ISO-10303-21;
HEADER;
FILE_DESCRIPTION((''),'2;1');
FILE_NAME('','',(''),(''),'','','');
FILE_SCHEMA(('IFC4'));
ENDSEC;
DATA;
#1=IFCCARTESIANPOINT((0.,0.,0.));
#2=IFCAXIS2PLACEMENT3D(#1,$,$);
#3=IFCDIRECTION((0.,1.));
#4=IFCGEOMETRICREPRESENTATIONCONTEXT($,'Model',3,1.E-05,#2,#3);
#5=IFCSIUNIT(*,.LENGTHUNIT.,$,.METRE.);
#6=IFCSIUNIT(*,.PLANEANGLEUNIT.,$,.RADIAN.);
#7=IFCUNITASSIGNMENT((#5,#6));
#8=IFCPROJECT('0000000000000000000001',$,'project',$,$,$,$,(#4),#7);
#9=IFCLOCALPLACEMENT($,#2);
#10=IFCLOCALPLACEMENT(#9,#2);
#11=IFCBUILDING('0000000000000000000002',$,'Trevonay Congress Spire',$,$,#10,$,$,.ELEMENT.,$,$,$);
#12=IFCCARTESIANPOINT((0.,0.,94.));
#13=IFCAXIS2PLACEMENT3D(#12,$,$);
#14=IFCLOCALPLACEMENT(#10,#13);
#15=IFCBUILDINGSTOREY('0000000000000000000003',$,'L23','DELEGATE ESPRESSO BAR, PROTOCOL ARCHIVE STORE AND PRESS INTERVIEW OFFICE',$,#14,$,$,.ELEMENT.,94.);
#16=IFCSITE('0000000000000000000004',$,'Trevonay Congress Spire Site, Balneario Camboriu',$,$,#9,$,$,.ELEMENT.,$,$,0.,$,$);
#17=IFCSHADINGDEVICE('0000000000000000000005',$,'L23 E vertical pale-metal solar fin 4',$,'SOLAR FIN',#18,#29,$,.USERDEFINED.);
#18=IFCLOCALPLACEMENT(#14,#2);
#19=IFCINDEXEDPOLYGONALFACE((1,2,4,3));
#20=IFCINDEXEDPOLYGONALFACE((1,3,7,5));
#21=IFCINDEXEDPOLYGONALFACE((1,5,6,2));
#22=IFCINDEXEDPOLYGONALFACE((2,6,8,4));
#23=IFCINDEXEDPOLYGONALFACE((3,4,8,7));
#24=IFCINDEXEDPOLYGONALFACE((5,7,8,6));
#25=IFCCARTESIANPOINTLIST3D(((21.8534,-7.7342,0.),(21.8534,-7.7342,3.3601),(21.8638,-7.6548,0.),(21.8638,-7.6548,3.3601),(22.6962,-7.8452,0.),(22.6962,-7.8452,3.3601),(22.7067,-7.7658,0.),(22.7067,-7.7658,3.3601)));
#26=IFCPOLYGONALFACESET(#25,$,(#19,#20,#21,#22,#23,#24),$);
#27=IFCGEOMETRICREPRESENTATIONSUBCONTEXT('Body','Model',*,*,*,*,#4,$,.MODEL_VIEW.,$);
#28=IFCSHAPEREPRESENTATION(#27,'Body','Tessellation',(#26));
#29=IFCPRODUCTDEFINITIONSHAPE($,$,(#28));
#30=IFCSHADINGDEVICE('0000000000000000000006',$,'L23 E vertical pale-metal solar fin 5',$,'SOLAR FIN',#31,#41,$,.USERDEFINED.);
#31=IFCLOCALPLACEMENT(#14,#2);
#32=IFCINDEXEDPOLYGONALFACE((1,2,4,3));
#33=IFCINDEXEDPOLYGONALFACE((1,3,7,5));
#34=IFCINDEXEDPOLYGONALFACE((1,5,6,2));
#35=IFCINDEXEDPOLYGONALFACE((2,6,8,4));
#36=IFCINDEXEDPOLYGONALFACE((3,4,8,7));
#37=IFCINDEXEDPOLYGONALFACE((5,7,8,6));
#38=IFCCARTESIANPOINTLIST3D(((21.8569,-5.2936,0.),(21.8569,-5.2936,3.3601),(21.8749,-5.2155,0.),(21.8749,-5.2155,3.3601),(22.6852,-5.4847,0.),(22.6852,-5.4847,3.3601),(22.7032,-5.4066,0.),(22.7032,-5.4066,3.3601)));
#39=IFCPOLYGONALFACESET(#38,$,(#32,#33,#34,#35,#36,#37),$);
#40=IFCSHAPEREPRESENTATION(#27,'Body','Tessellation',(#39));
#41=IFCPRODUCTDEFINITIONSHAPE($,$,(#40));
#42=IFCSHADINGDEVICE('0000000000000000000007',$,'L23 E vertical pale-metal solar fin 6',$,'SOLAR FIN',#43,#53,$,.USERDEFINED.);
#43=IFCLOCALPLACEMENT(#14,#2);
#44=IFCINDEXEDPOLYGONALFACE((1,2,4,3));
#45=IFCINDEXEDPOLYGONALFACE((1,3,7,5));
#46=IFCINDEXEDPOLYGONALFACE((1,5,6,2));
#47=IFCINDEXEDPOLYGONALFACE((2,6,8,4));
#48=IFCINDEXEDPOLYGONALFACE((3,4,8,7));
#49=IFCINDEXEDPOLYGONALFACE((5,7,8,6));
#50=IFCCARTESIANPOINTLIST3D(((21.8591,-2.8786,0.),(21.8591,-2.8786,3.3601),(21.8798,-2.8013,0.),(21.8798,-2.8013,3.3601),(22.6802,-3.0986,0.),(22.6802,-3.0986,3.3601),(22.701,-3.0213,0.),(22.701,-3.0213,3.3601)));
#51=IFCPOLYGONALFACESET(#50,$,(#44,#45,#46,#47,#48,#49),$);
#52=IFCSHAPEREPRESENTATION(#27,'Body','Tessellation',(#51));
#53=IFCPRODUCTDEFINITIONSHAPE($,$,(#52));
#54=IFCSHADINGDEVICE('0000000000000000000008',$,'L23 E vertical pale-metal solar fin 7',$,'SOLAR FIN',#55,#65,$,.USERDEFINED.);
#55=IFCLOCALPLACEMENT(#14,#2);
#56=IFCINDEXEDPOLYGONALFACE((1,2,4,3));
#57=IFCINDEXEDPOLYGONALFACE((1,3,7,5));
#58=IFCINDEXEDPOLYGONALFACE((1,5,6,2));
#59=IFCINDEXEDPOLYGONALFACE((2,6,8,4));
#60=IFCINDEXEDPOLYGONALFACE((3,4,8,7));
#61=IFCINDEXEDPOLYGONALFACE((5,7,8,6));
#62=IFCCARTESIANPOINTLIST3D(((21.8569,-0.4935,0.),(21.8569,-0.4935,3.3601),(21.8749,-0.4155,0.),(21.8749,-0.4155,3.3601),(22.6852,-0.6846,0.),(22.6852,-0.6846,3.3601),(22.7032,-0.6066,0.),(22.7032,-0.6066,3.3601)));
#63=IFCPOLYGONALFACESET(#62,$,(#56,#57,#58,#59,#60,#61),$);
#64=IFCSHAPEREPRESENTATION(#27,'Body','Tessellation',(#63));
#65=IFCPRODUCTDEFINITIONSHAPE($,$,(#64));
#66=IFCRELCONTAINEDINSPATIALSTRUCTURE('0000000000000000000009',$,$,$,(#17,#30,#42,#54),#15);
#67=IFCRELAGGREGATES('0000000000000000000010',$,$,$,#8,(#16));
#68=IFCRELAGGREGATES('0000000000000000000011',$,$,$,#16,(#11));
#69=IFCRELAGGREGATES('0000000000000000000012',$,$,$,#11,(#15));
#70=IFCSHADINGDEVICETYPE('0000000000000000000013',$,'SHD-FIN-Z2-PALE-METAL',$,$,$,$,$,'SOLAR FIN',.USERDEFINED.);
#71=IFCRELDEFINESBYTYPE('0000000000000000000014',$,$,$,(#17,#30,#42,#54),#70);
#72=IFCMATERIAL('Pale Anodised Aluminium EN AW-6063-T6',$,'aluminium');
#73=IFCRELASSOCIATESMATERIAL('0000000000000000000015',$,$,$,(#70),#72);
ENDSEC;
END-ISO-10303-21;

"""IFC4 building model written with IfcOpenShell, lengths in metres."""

from ifc_helpers import new_model, si_unit, direction, frame, origin, origin_2d, place, context, subcontext, project, spatial, rectangle, extrude, material, type_object, element, save


model = new_model("IFC4")

# Units and contexts
model_context = context("Model", 3, precision=1e-05, world=origin(), true_north=direction((0.0, 1.0)))
body_context = subcontext(model_context, "Body", "Model", "MODEL_VIEW")
ifc_project = project(units=[si_unit("LENGTHUNIT", "METRE"), si_unit("PLANEANGLEUNIT", "RADIAN")], contexts=[model_context])

# Site, building, storey
site_placement = place(None, origin())
site = spatial("IfcSite", under=ifc_project, at=site_placement, Name="Trevonay Congress Spire Site, Balneario Camboriu", CompositionType="ELEMENT", RefElevation=0.0)
building_placement = place(site_placement, origin())
building = spatial("IfcBuilding", under=site, at=building_placement, Name="Trevonay Congress Spire", CompositionType="ELEMENT")
storey_placement = place(building_placement, frame((0.0, 0.0, 94.0)))
storey = spatial("IfcBuildingStorey", under=building, at=storey_placement, Name="L23", Description="DELEGATE ESPRESSO BAR, PROTOCOL ARCHIVE STORE AND PRESS INTERVIEW OFFICE", CompositionType="ELEMENT", Elevation=94.0)

# Shared definitions
ifc_material_1 = material(Name="Pale Anodised Aluminium EN AW-6063-T6", Category="aluminium")

# Shading devices
shading_device_type = type_object("IfcShadingDeviceType", Name="SHD-FIN-Z2-PALE-METAL", ElementType="SOLAR FIN", PredefinedType="USERDEFINED", material=ifc_material_1)
for number, where, z_axis, x_axis, name in (
    (1, (22.28, -7.75, 0.0), (0.0, 0.0, 1.0), (0.130526, 0.991445, 0.0), "L23 E vertical pale-metal solar fin 4"),
    (2, (22.28, -5.3501, 0.0), (0.0, 0.0, 1.0), (0.224781, 0.974409, 0.0), "L23 E vertical pale-metal solar fin 5"),
    (3, (22.28, -2.95, 0.0), (0.0, 0.0, 1.0), (0.258819, 0.965926, 0.0), "L23 E vertical pale-metal solar fin 6"),
    (4, (22.28, -0.55, 0.0), (0.0, 0.0, 1.0), (0.224781, 0.974409, 0.0), "L23 E vertical pale-metal solar fin 7"),
):
    element("IfcShadingDevice", number, at=place(storey_placement, frame(where, z_axis=z_axis, x_axis=x_axis)), inside=storey, type_object=shading_device_type, Name=name, ObjectType="SOLAR FIN", PredefinedType="USERDEFINED", context=body_context, shape_type="SweptSolid", body=[
        extrude(rectangle(XDim=0.0801, YDim=0.8501, at=origin_2d()), origin(), (0.0, 0.0, 1.0), 3.3601),
    ])

save(model, "model.ifc")
